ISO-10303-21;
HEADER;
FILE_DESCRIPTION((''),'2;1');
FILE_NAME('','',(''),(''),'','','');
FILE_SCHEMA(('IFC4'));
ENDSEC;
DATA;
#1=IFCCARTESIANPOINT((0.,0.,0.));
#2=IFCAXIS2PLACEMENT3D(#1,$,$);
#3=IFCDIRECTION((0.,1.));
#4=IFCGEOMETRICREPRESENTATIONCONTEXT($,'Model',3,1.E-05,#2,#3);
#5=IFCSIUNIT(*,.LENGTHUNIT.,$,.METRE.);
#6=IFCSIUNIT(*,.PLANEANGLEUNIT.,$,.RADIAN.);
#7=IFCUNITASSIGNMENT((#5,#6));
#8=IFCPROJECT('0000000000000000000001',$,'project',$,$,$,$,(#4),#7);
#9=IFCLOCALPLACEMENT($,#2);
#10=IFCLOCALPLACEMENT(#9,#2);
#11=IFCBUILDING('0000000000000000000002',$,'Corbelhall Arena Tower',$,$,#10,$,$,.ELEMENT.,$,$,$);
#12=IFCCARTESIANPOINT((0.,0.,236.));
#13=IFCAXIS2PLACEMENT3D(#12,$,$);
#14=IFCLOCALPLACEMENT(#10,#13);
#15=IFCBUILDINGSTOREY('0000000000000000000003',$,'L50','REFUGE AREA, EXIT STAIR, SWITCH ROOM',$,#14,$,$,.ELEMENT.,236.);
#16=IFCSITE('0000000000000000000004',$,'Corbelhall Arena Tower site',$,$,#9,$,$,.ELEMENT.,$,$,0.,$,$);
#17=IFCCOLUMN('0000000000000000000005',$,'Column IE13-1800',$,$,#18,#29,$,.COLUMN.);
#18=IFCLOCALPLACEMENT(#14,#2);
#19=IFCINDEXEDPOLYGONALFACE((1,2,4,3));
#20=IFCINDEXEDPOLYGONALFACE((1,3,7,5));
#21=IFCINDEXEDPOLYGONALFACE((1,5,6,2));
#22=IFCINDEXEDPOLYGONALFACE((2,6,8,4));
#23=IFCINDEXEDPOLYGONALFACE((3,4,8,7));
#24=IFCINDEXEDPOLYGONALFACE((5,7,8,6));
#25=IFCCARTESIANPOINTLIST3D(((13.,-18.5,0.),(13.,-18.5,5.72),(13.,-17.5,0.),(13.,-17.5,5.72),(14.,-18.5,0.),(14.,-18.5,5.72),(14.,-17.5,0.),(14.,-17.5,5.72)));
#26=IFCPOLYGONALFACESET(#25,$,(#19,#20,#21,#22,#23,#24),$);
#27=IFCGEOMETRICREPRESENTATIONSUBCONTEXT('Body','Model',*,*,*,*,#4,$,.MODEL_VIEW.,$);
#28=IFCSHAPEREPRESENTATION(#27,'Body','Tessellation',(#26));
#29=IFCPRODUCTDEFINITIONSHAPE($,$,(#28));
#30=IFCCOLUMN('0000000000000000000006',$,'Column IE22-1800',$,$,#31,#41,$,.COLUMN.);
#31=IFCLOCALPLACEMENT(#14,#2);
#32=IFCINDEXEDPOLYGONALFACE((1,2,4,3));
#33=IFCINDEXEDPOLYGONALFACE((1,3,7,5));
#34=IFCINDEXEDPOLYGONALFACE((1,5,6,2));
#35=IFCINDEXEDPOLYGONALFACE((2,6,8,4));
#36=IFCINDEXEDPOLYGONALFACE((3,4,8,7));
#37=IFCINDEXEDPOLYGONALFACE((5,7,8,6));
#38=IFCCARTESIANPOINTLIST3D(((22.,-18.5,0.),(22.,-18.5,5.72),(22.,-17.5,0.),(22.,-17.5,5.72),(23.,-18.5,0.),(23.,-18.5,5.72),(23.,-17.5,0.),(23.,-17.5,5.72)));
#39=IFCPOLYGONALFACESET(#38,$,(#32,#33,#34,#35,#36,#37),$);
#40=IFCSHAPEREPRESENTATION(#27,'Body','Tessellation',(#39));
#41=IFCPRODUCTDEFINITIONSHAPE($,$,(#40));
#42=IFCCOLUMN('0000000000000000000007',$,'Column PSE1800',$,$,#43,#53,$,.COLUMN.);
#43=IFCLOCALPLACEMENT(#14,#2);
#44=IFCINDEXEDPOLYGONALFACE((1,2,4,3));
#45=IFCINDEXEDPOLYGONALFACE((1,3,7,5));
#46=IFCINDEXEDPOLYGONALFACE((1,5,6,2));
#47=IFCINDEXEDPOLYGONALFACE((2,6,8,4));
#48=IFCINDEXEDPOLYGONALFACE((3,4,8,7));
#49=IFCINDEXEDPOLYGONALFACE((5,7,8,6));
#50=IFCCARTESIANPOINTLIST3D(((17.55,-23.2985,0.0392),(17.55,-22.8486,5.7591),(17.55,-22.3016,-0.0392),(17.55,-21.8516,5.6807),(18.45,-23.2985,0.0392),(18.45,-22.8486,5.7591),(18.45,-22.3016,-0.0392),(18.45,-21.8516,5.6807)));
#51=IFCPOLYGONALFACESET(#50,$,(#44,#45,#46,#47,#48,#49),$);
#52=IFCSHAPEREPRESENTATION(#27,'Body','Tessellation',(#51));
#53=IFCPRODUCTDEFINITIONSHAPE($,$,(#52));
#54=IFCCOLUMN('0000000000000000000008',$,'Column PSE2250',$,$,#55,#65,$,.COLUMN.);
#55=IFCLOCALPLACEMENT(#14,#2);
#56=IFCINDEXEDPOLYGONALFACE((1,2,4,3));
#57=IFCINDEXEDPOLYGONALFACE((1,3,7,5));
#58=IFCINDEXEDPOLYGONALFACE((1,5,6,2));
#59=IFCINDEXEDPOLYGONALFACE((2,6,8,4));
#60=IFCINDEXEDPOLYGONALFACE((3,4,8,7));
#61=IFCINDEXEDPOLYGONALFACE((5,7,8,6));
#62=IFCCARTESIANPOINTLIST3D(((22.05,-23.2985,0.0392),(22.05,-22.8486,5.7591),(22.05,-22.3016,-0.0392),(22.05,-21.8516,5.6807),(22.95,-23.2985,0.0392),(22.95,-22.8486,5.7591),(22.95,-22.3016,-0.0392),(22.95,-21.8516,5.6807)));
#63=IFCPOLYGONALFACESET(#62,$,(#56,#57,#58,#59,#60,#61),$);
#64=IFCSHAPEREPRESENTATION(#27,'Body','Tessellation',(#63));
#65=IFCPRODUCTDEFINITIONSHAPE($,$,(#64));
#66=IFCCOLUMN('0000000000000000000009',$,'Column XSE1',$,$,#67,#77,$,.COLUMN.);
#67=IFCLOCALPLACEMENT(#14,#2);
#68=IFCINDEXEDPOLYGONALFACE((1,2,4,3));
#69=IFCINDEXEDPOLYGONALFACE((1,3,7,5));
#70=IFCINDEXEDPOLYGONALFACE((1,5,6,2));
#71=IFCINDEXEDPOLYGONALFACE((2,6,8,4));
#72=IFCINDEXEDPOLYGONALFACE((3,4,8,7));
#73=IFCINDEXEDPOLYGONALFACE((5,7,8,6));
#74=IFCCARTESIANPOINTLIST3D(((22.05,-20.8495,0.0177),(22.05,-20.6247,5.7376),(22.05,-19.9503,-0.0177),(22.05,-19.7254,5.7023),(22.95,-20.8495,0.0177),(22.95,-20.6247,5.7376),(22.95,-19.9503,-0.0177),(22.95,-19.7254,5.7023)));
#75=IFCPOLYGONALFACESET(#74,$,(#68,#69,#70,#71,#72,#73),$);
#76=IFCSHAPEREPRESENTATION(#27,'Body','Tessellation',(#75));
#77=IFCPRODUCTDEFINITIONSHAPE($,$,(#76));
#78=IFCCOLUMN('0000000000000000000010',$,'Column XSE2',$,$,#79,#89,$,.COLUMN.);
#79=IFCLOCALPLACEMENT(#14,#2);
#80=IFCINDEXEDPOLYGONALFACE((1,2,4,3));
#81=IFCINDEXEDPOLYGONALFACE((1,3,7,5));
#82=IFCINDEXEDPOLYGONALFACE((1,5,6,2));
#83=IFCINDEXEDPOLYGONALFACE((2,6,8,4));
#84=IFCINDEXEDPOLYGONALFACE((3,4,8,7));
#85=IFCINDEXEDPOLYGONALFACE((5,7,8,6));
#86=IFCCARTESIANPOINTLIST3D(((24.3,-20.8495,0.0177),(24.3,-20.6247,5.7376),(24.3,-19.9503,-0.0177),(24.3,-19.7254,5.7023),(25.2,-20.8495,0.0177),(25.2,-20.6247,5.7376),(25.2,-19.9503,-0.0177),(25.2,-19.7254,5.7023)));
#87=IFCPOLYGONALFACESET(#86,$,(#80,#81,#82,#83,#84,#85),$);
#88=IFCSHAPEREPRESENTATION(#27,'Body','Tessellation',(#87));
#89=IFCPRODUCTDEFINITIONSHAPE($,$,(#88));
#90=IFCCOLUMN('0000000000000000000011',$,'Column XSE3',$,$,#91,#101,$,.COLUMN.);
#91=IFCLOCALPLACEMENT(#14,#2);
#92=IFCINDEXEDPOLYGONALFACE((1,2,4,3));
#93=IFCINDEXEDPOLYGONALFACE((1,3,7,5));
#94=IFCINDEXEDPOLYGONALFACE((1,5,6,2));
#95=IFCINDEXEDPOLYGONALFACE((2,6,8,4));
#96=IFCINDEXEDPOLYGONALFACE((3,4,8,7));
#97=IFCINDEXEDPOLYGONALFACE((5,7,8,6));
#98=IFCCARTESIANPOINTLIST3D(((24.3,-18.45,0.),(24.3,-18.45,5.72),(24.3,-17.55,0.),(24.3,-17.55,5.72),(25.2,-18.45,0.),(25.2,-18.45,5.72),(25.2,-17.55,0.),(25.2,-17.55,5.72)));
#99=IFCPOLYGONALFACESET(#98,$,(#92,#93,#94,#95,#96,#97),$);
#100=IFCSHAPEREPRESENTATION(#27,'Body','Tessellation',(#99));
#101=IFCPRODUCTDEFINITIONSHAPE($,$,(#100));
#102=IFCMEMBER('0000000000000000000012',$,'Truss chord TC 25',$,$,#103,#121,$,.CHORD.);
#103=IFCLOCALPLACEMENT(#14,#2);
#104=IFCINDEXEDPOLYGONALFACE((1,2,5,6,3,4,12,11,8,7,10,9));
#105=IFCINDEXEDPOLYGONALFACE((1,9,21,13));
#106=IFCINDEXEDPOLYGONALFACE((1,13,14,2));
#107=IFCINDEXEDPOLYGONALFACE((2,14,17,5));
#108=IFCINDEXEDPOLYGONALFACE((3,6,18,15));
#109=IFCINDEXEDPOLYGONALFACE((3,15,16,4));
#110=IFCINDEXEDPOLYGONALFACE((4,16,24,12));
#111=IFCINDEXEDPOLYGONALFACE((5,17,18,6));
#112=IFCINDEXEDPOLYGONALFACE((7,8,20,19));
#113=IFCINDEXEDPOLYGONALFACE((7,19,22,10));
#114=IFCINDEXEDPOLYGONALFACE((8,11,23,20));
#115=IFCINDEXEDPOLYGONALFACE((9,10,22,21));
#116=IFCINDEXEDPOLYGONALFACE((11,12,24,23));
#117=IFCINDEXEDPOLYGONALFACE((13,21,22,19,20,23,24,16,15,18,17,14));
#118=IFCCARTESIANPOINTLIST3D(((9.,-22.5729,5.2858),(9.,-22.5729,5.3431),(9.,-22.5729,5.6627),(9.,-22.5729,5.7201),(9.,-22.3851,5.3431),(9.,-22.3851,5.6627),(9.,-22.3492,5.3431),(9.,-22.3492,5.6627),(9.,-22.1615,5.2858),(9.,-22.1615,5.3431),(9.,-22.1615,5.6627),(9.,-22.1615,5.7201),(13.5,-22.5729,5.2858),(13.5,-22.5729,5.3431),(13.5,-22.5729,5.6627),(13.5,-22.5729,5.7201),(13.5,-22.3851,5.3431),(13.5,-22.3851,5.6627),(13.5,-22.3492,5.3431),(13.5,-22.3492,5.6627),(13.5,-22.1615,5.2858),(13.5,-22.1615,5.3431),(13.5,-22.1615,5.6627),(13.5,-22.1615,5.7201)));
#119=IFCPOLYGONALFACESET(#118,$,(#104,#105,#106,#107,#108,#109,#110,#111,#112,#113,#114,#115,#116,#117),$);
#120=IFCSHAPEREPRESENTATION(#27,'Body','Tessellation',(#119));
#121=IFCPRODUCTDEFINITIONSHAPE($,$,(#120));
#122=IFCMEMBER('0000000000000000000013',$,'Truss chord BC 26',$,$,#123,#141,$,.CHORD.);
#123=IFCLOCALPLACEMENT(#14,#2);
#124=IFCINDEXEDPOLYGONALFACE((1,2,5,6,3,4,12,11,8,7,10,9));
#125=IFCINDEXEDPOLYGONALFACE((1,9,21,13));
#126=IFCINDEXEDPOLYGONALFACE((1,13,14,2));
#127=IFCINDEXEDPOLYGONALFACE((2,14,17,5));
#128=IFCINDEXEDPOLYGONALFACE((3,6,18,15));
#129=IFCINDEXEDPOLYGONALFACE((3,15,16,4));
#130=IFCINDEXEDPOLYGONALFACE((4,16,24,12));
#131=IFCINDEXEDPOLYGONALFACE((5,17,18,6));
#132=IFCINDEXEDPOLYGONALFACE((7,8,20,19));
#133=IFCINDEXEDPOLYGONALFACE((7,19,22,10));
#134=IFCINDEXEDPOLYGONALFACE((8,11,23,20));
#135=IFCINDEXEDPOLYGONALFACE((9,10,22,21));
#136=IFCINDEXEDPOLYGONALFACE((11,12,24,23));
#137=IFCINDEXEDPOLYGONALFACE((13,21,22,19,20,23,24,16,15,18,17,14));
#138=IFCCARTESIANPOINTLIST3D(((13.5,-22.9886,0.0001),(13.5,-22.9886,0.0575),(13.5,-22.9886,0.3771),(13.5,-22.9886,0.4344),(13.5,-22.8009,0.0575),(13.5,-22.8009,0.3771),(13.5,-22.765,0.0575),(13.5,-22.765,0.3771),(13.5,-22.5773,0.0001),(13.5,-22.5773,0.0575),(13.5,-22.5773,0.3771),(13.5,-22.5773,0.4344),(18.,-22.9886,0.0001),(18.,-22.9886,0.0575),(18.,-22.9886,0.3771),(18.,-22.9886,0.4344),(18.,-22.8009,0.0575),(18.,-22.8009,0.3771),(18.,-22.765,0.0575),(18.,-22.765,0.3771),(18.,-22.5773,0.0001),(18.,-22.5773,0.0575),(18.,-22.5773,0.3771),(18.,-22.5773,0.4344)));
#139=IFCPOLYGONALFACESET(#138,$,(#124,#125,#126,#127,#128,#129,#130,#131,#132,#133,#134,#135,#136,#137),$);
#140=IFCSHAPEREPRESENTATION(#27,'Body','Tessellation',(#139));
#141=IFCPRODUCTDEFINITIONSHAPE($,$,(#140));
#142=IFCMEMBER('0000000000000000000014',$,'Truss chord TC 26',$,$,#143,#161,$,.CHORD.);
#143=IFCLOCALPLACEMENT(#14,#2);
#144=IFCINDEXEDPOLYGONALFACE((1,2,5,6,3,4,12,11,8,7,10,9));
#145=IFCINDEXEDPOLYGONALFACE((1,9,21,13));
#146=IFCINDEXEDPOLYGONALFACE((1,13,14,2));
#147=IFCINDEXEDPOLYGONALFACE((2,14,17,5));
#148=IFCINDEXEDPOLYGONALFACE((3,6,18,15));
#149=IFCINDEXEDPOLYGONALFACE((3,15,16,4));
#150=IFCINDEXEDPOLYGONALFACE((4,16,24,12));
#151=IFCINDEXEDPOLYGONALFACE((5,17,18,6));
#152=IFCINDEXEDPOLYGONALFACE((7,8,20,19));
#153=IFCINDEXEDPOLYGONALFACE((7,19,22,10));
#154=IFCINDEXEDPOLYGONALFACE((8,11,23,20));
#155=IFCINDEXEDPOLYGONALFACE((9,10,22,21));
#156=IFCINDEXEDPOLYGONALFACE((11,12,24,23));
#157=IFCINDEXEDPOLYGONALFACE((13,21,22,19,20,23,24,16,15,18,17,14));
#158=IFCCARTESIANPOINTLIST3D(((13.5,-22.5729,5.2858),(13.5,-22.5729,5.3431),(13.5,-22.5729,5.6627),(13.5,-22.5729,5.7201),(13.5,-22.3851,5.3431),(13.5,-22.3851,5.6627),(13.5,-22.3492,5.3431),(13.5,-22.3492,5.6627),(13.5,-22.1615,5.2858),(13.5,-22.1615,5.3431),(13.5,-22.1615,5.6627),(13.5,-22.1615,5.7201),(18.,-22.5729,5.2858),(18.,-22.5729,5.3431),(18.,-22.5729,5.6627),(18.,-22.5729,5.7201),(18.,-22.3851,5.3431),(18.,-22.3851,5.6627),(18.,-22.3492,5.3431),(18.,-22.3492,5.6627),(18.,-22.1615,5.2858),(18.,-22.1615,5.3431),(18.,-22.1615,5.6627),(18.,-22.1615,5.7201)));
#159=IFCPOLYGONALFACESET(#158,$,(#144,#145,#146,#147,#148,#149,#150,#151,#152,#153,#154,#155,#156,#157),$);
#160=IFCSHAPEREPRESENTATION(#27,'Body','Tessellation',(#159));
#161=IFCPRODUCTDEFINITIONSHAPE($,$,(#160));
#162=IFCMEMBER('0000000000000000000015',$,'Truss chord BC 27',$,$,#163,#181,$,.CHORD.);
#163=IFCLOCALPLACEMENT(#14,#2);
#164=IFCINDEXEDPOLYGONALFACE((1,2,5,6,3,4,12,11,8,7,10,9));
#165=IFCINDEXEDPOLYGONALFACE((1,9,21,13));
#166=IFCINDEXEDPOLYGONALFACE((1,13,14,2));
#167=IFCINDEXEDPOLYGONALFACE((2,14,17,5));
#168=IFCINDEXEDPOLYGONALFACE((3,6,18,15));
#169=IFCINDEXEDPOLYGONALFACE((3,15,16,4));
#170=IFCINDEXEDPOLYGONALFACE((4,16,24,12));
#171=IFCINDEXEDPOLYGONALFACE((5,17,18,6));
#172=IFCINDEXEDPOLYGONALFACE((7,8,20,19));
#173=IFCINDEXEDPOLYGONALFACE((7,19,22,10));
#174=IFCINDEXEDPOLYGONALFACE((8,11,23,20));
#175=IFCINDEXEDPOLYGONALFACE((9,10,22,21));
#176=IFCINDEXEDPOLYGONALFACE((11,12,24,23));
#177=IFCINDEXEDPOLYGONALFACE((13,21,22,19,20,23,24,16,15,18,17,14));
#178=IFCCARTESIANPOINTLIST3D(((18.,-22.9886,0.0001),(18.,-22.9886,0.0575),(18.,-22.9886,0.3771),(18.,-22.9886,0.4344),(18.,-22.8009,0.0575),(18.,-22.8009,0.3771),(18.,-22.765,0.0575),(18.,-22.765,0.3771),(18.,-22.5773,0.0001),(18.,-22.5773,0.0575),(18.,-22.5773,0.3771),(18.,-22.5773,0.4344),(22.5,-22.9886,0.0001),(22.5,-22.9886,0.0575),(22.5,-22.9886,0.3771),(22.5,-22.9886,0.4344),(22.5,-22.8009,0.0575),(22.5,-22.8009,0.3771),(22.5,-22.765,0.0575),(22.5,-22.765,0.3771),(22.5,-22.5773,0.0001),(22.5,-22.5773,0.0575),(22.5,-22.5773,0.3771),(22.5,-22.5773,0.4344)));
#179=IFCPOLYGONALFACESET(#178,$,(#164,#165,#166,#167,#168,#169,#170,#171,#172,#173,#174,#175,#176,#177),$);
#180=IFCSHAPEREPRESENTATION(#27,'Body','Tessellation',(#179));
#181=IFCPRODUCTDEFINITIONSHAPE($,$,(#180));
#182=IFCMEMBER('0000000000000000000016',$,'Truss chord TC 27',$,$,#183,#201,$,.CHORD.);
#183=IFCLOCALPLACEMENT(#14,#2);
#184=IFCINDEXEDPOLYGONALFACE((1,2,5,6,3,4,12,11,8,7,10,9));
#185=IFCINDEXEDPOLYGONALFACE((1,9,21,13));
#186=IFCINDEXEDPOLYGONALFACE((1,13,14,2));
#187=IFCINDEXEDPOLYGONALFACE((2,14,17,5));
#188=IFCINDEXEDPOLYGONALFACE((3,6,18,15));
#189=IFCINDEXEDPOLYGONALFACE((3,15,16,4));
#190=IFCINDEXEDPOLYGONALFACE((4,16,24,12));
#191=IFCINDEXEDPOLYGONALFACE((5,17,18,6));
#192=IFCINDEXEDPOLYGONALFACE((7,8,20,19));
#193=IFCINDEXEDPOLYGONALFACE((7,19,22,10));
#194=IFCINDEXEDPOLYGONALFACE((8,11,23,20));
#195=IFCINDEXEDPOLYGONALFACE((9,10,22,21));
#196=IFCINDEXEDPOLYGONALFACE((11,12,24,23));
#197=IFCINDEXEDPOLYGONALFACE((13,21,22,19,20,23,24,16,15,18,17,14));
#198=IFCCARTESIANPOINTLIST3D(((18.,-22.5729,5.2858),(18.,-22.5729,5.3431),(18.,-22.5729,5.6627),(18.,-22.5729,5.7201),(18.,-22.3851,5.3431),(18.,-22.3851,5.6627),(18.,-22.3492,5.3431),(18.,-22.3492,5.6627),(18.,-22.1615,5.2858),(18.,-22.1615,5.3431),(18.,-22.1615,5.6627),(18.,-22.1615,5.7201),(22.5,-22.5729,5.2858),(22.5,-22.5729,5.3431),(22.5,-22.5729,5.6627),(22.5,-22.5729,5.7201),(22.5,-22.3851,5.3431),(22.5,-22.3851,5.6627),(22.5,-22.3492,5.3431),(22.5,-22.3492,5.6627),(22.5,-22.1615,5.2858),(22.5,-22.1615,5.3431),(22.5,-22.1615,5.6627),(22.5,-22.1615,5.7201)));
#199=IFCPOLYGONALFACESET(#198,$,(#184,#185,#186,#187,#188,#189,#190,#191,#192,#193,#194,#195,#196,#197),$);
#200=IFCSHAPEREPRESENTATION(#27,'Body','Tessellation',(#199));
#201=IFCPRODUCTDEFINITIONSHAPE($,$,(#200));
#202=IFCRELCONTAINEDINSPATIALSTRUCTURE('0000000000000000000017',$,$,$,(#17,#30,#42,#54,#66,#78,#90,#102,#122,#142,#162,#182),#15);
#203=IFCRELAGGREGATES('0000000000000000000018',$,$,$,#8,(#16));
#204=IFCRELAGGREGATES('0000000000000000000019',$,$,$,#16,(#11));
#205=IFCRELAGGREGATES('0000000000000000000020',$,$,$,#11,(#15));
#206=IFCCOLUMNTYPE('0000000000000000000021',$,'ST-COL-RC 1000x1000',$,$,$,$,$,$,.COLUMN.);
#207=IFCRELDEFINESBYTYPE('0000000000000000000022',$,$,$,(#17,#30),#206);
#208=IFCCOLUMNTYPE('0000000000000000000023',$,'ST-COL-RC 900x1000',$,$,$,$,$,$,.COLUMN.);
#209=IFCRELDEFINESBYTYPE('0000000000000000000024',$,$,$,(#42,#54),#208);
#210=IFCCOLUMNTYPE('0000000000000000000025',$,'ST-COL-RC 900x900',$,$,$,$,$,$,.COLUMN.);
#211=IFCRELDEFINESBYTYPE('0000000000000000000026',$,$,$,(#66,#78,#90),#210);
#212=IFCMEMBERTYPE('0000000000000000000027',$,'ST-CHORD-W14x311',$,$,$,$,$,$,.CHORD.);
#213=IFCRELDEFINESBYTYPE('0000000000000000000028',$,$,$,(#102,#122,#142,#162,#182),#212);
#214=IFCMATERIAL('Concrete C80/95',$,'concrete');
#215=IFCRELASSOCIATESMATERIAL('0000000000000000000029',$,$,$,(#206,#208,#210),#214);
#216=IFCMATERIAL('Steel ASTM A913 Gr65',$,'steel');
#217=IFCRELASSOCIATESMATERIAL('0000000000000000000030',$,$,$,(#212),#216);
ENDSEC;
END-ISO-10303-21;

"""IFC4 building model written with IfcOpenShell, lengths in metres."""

from ifc_helpers import new_model, si_unit, direction, frame, origin, origin_2d, place, context, subcontext, project, spatial, rectangle, i_section, extrude, material, material_profile, profile_set, type_object, element, save


model = new_model("IFC4")

# Units and contexts
model_context = context("Model", 3, precision=1e-05, world=origin(), true_north=direction((0.0, 1.0)))
body_context = subcontext(model_context, "Body", "Model", "MODEL_VIEW")
ifc_project = project(units=[si_unit("LENGTHUNIT", "METRE"), si_unit("PLANEANGLEUNIT", "RADIAN")], contexts=[model_context])

# Site, building, storey
site_placement = place(None, origin())
site = spatial("IfcSite", under=ifc_project, at=site_placement, Name="Corbelhall Arena Tower site", CompositionType="ELEMENT", RefElevation=0.0)
building_placement = place(site_placement, origin())
building = spatial("IfcBuilding", under=site, at=building_placement, Name="Corbelhall Arena Tower", CompositionType="ELEMENT")
storey_placement = place(building_placement, frame((0.0, 0.0, 236.0)))
storey = spatial("IfcBuildingStorey", under=building, at=storey_placement, Name="L50", Description="REFUGE AREA, EXIT STAIR, SWITCH ROOM", CompositionType="ELEMENT", Elevation=236.0)

# Columns
ifc_material_1 = material(Name="Concrete C80/95", Category="concrete")
ifc_material_profile_1 = material_profile(ifc_material_1, rectangle(XDim=1.0, YDim=1.0, at=origin_2d()))
ifc_profile_set_1 = profile_set([ifc_material_profile_1], Name="Concrete C80/95")
column_type_1 = type_object("IfcColumnType", Name="ST-COL-RC 1000x1000", PredefinedType="COLUMN", material=ifc_profile_set_1)
for number, where, z_axis, x_axis, name in (
    (1, (13.5, -18.0, 0.0), (0.0, 0.0, 1.0), (1.0, 0.0, 0.0), "Column IE13-1800"),
    (2, (22.5, -18.0, 0.0), (0.0, 0.0, 1.0), (1.0, 0.0, 0.0), "Column IE22-1800"),
):
    element("IfcColumn", number, at=place(storey_placement, frame(where, z_axis=z_axis, x_axis=x_axis)), inside=storey, type_object=column_type_1, Name=name, PredefinedType="COLUMN", context=body_context, shape_type="SweptSolid", body=[
        extrude(rectangle(XDim=1.0, YDim=1.0, at=origin_2d()), origin(), (0.0, 0.0, 1.0), 5.72),
    ])
ifc_material_profile_2 = material_profile(ifc_material_1, rectangle(XDim=0.8999, YDim=1.0, at=origin_2d()))
ifc_profile_set_2 = profile_set([ifc_material_profile_2], Name="Concrete C80/95")
column_type_2 = type_object("IfcColumnType", Name="ST-COL-RC 900x1000", PredefinedType="COLUMN", material=ifc_profile_set_2)
for number, where, z_axis, x_axis, name in (
    (3, (18.0, -22.8, 0.0), (0.0, 0.078421, 0.99692), (-1.0, 0.0, 0.0), "Column PSE1800"),
    (4, (22.5, -22.8, 0.0), (0.0, 0.078421, 0.99692), (-1.0, 0.0, 0.0), "Column PSE2250"),
):
    element("IfcColumn", number, at=place(storey_placement, frame(where, z_axis=z_axis, x_axis=x_axis)), inside=storey, type_object=column_type_2, Name=name, PredefinedType="COLUMN", context=body_context, shape_type="SweptSolid", body=[
        extrude(rectangle(XDim=0.8999, YDim=1.0, at=origin_2d()), origin(), (0.0, 0.0, 1.0), 5.7375),
    ])
ifc_material_profile_3 = material_profile(ifc_material_1, rectangle(XDim=0.8999, YDim=0.8999, at=origin_2d()))
ifc_profile_set_3 = profile_set([ifc_material_profile_3], Name="Concrete C80/95")
column_type_3 = type_object("IfcColumnType", Name="ST-COL-RC 900x900", PredefinedType="COLUMN", material=ifc_profile_set_3)
for number, where, z_axis, x_axis, name in (
    (5, (22.5, -20.3999, 0.0), (0.0, 0.03928, 0.999228), (-1.0, 0.0, 0.0), "Column XSE1"),
    (6, (24.75, -20.3999, 0.0), (0.0, 0.03928, 0.999228), (-1.0, 0.0, 0.0), "Column XSE2"),
):
    element("IfcColumn", number, at=place(storey_placement, frame(where, z_axis=z_axis, x_axis=x_axis)), inside=storey, type_object=column_type_3, Name=name, PredefinedType="COLUMN", context=body_context, shape_type="SweptSolid", body=[
        extrude(rectangle(XDim=0.8999, YDim=0.8999, at=origin_2d()), origin(), (0.0, 0.0, 1.0), 5.7244),
    ])
column_placement = place(storey_placement, frame((24.75, -18.0, 0.0), z_axis=(0.0, 0.0, 1.0), x_axis=(1.0, 0.0, 0.0)))
element("IfcColumn", 7, at=column_placement, inside=storey, type_object=column_type_3, Name="Column XSE3", PredefinedType="COLUMN", context=body_context, shape_type="SweptSolid", body=[
    extrude(rectangle(XDim=0.8999, YDim=0.8999, at=origin_2d()), origin(), (0.0, 0.0, 1.0), 5.72),
])

# Members
ifc_material_2 = material(Name="Steel ASTM A913 Gr65", Category="steel")
ifc_material_profile_4 = material_profile(ifc_material_2, i_section(OverallWidth=0.4114, OverallDepth=0.4343, WebThickness=0.0359, FlangeThickness=0.0574, at=origin_2d()))
ifc_profile_set_4 = profile_set([ifc_material_profile_4], Name="Steel ASTM A913 Gr65")
member_type_1 = type_object("IfcMemberType", Name="ST-CHORD-W14x311", PredefinedType="CHORD", material=ifc_profile_set_4)
for number, where, z_axis, x_axis, name in (
    (8, (13.5, -22.3672, 5.5029), (-1.0, 0.0, 0.0), (0.0, -1.0, 0.0), "Truss chord TC 25"),
    (9, (18.0, -22.783, 0.2173), (-1.0, 0.0, 0.0), (0.0, -1.0, 0.0), "Truss chord BC 26"),
    (10, (18.0, -22.3672, 5.5029), (-1.0, 0.0, 0.0), (0.0, -1.0, 0.0), "Truss chord TC 26"),
    (11, (22.5, -22.783, 0.2173), (-1.0, 0.0, 0.0), (0.0, -1.0, 0.0), "Truss chord BC 27"),
    (12, (22.5, -22.3672, 5.5029), (-1.0, 0.0, 0.0), (0.0, -1.0, 0.0), "Truss chord TC 27"),
):
    element("IfcMember", number, at=place(storey_placement, frame(where, z_axis=z_axis, x_axis=x_axis)), inside=storey, type_object=member_type_1, Name=name, PredefinedType="CHORD", context=body_context, shape_type="SweptSolid", body=[
        extrude(i_section(OverallWidth=0.4114, OverallDepth=0.4343, WebThickness=0.0359, FlangeThickness=0.0574, at=origin_2d()), origin(), (0.0, 0.0, 1.0), 4.5),
    ])

save(model, "model.ifc")
